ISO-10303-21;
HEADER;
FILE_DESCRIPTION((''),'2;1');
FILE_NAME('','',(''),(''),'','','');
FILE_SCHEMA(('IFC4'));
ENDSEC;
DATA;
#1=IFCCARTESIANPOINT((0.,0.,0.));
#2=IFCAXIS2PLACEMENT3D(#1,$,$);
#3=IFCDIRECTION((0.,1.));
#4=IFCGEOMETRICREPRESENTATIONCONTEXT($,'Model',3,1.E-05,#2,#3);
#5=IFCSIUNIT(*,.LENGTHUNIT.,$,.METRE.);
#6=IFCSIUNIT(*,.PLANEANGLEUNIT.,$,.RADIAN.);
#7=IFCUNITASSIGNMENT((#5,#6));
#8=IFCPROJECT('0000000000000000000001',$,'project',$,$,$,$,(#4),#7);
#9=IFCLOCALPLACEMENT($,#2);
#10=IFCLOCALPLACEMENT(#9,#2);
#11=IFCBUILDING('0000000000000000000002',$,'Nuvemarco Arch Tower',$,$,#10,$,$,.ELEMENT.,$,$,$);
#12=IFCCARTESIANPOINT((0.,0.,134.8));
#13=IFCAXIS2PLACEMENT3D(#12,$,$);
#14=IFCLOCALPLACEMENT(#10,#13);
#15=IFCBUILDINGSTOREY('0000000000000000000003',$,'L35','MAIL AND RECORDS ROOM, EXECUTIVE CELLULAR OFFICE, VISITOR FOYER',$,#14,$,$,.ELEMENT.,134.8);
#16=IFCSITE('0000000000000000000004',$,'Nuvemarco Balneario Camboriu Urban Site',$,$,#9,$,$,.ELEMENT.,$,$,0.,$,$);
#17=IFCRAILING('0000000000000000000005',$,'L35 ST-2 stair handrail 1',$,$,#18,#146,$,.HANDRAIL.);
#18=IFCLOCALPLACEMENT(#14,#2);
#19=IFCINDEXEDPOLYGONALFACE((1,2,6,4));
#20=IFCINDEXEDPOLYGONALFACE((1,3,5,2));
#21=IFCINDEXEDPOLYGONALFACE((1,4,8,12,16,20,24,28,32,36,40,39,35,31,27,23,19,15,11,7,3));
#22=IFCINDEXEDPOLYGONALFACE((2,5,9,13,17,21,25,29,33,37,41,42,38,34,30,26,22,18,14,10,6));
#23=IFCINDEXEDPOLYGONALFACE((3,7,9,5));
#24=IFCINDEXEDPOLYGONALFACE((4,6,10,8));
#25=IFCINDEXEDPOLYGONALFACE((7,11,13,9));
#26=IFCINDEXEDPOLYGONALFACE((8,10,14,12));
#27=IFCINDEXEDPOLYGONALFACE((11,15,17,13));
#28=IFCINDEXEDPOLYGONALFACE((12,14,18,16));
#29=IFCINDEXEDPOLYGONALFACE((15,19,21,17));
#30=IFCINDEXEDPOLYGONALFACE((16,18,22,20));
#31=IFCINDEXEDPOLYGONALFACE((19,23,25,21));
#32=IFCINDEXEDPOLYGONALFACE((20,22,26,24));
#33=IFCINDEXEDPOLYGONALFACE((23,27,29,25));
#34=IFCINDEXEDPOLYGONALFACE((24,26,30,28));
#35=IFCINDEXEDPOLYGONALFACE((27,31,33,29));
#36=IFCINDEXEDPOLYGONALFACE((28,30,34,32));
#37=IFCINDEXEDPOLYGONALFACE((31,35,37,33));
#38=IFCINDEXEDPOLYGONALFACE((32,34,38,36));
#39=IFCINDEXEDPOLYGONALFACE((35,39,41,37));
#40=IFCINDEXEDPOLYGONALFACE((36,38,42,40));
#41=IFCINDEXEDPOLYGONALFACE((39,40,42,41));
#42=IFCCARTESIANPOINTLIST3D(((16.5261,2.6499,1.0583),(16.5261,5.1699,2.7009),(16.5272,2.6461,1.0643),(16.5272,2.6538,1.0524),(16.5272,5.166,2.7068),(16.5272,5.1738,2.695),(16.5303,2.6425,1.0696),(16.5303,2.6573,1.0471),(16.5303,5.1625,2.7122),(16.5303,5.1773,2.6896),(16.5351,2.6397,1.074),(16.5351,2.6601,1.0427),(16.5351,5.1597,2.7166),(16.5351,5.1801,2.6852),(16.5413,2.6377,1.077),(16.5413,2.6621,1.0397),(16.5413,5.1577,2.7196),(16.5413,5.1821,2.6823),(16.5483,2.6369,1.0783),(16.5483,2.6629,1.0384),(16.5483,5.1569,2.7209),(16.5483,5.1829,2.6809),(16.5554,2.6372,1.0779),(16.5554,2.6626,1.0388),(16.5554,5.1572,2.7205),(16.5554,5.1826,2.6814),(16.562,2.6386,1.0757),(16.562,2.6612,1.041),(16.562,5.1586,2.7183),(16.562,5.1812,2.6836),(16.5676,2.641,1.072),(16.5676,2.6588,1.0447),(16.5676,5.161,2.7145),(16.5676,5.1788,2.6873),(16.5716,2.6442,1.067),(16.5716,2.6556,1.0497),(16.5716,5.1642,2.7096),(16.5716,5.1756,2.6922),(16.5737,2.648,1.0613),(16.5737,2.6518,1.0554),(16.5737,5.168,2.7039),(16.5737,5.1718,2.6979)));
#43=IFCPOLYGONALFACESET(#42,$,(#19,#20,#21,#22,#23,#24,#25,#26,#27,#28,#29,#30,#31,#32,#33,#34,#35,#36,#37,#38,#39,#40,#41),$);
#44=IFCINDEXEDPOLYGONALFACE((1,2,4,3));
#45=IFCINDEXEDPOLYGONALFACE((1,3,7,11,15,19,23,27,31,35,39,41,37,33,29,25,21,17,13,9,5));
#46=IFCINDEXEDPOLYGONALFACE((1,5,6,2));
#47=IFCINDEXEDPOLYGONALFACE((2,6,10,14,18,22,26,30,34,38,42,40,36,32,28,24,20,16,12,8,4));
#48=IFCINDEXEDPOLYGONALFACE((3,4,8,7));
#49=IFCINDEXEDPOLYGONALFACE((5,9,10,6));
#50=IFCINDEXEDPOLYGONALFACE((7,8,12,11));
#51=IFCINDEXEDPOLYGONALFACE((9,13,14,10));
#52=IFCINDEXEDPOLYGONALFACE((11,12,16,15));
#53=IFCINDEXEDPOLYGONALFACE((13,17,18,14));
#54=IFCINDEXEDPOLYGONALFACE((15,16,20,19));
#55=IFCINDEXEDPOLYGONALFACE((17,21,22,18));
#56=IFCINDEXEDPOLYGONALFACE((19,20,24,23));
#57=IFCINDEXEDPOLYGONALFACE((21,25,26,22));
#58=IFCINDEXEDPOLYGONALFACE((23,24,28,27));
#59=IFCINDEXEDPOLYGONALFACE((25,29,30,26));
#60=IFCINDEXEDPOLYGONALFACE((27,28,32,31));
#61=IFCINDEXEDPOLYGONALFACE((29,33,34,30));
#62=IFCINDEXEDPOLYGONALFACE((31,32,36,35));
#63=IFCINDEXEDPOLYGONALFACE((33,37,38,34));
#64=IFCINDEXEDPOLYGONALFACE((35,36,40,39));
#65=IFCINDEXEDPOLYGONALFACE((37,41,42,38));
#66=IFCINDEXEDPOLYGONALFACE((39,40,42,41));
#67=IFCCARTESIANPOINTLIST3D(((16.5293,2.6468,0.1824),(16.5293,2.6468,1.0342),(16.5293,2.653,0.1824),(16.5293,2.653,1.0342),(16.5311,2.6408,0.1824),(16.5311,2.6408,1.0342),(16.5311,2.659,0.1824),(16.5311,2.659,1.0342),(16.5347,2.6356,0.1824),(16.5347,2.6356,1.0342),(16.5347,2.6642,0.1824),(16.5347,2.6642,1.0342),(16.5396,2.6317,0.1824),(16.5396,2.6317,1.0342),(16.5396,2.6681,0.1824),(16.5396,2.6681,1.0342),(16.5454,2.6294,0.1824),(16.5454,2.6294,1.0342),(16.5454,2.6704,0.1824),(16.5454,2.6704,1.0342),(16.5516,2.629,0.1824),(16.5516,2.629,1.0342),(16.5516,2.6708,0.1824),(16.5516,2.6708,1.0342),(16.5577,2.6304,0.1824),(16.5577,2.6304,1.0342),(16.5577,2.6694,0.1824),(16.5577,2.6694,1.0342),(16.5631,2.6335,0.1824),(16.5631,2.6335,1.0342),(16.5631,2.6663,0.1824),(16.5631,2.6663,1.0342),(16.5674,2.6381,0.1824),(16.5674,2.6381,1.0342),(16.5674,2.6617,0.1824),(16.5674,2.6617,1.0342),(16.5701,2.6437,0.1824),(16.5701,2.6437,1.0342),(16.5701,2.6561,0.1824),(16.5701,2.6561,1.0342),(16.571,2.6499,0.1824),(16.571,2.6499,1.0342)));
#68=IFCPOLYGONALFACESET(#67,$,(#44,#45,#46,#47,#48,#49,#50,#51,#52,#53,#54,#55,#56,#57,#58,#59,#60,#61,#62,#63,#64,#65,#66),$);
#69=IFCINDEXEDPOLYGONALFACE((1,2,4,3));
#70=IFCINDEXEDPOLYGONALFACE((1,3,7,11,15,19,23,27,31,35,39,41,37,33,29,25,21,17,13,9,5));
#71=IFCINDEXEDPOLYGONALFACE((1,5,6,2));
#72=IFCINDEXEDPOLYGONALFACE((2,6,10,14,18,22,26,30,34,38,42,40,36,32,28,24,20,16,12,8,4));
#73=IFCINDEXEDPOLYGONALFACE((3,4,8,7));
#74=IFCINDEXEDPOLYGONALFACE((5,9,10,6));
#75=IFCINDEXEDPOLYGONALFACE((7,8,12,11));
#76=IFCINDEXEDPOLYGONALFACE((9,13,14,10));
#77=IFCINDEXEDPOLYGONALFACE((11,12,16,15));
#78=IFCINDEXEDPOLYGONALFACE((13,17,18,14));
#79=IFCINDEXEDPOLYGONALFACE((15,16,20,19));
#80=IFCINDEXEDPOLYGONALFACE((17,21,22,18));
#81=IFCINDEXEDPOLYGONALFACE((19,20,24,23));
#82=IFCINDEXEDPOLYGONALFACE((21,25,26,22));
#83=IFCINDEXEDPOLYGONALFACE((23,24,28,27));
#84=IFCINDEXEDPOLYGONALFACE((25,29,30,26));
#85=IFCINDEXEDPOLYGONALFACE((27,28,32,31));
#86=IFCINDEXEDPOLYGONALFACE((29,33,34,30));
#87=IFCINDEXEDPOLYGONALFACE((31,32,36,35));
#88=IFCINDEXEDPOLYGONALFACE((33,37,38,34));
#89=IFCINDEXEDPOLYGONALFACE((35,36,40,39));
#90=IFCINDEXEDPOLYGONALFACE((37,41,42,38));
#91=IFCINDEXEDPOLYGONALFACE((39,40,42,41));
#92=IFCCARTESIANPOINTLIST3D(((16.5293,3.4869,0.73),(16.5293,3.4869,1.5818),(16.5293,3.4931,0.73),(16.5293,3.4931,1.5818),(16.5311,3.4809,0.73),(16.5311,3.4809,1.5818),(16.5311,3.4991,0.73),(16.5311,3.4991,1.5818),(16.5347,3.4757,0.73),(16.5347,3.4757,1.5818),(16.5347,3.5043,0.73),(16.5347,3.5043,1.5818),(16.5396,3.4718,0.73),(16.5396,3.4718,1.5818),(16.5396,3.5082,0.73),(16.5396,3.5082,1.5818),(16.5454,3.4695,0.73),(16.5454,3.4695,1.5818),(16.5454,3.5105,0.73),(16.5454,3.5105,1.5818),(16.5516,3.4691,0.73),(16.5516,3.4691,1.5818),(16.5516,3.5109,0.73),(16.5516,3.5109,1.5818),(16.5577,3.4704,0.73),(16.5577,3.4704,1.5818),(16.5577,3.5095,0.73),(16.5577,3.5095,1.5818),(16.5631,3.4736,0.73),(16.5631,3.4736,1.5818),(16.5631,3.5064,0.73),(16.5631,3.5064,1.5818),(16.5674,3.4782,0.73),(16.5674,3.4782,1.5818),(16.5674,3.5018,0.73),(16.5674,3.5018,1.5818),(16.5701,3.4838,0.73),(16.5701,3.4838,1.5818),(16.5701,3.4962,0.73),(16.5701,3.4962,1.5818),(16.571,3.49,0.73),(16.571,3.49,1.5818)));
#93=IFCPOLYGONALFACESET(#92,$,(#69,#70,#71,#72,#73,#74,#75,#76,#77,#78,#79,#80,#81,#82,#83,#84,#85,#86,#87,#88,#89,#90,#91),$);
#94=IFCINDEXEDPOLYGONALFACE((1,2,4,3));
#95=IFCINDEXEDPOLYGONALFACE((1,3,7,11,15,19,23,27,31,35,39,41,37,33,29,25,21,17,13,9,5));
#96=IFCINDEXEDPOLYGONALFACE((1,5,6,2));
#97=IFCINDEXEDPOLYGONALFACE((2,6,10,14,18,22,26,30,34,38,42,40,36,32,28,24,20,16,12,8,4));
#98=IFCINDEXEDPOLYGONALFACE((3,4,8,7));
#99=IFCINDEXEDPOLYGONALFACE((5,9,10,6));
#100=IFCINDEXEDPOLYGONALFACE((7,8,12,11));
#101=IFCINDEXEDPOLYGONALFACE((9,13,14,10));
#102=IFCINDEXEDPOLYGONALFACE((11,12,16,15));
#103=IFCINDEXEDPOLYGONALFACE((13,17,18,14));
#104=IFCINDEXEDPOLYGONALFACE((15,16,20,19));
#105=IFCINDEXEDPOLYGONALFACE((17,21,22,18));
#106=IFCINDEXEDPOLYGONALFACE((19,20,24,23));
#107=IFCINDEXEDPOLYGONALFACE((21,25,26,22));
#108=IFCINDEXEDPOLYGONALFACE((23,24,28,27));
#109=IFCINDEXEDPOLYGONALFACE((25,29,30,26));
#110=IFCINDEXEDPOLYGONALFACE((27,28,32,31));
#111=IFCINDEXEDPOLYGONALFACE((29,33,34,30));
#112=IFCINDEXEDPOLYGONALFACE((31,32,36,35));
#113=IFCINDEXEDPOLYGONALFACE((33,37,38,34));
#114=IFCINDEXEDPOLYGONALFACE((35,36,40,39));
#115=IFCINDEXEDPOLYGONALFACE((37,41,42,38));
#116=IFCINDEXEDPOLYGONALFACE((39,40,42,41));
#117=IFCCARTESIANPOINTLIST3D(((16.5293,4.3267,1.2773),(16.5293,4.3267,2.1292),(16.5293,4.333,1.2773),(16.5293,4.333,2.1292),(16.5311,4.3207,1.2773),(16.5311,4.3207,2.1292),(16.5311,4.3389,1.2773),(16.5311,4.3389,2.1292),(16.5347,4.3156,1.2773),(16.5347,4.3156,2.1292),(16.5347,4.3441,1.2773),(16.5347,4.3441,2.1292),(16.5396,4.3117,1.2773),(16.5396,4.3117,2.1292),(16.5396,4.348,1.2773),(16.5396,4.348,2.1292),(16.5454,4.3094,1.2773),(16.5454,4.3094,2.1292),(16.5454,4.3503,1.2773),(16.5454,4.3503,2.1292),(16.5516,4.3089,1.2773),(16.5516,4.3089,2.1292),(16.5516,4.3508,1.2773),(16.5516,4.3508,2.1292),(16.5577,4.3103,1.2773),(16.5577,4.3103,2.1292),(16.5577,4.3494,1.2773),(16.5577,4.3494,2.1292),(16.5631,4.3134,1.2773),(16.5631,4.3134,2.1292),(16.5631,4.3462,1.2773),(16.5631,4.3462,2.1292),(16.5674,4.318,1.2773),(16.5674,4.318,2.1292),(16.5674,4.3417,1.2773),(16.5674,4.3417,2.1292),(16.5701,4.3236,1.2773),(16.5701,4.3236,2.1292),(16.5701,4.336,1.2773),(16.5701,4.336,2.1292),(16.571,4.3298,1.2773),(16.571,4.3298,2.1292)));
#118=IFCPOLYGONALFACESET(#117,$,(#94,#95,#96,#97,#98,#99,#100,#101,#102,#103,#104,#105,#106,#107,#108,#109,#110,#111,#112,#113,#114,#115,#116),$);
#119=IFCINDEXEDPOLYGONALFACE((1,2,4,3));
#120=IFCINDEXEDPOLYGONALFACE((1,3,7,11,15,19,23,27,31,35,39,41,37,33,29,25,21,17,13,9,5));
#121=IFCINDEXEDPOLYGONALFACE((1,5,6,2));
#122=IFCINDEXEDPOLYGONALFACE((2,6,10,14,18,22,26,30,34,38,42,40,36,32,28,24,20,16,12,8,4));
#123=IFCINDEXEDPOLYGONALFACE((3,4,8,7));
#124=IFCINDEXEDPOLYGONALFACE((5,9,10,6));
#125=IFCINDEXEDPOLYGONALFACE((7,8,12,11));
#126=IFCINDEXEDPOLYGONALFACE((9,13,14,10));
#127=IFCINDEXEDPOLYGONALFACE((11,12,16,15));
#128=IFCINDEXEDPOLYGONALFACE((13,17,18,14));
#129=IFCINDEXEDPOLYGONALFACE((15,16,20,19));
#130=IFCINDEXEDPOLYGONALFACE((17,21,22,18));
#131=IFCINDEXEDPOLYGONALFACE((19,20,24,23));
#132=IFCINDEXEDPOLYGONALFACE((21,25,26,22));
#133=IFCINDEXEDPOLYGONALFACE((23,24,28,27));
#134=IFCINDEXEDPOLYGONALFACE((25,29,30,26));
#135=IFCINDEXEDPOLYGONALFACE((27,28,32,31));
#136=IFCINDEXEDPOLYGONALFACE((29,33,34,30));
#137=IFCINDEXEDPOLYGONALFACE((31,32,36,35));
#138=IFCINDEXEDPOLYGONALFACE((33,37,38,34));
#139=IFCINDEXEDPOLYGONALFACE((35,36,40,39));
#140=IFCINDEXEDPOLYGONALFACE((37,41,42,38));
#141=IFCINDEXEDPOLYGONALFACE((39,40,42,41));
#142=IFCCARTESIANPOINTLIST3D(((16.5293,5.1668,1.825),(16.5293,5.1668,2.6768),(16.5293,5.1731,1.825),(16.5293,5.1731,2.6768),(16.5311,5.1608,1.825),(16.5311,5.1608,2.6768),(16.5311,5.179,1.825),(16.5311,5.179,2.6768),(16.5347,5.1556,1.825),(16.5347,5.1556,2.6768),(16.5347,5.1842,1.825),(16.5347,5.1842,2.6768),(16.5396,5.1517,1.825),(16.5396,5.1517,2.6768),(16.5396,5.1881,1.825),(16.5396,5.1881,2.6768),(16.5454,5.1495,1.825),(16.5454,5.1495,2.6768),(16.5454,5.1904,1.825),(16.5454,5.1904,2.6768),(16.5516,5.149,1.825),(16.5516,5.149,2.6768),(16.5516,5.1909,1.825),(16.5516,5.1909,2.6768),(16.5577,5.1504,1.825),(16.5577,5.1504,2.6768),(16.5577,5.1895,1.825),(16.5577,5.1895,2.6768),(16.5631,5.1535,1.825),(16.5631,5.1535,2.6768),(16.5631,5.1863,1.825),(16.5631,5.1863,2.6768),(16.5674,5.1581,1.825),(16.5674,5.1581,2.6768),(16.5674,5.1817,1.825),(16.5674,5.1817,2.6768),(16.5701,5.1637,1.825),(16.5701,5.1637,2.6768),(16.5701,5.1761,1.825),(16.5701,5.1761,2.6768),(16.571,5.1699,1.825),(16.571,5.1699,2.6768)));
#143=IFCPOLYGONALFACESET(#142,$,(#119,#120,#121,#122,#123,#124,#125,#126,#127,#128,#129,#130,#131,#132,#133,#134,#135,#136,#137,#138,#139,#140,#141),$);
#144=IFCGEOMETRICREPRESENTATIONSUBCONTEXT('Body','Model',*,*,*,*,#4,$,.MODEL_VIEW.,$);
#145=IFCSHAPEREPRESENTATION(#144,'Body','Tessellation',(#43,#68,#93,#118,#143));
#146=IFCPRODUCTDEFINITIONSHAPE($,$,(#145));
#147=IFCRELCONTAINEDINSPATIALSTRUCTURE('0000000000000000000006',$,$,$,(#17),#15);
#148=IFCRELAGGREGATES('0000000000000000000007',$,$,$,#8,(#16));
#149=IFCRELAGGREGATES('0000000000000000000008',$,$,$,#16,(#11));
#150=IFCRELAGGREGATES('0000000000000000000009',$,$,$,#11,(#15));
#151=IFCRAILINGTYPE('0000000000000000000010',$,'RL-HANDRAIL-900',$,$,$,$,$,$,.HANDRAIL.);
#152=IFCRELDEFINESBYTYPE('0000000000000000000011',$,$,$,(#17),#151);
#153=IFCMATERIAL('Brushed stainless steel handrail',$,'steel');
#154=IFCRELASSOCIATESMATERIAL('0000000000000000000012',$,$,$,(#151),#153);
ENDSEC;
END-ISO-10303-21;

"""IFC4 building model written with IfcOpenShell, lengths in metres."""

from ifc_helpers import new_model, si_unit, direction, frame, origin, origin_2d, place, context, subcontext, project, spatial, circle, extrude, material, type_object, element, save


model = new_model("IFC4")

# Units and contexts
model_context = context("Model", 3, precision=1e-05, world=origin(), true_north=direction((0.0, 1.0)))
body_context = subcontext(model_context, "Body", "Model", "MODEL_VIEW")
ifc_project = project(units=[si_unit("LENGTHUNIT", "METRE"), si_unit("PLANEANGLEUNIT", "RADIAN")], contexts=[model_context])

# Site, building, storey
site_placement = place(None, origin())
site = spatial("IfcSite", under=ifc_project, at=site_placement, Name="Nuvemarco Balneario Camboriu Urban Site", CompositionType="ELEMENT", RefElevation=0.0)
building_placement = place(site_placement, origin())
building = spatial("IfcBuilding", under=site, at=building_placement, Name="Nuvemarco Arch Tower", CompositionType="ELEMENT")
storey_placement = place(building_placement, frame((0.0, 0.0, 134.8)))
storey = spatial("IfcBuildingStorey", under=building, at=storey_placement, Name="L35", Description="MAIL AND RECORDS ROOM, EXECUTIVE CELLULAR OFFICE, VISITOR FOYER", CompositionType="ELEMENT", Elevation=134.8)

# Railing
ifc_material_1 = material(Name="Brushed stainless steel handrail", Category="steel")
railing_type_1 = type_object("IfcRailingType", Name="RL-HANDRAIL-900", PredefinedType="HANDRAIL", material=ifc_material_1)
railing_1_placement = place(storey_placement, frame((16.55, 2.6499, 0.1824)))
element("IfcRailing", 1, at=railing_1_placement, inside=storey, type_object=railing_type_1, Name="L35 ST-2 stair handrail 1", PredefinedType="HANDRAIL", context=body_context, shape_type="SweptSolid", body=[
    extrude(circle(Radius=0.0239, at=origin_2d()), frame((0.0, 0.0, 0.876), z_axis=(0.0, 0.837749, 0.546055), x_axis=(-1.0, 0.0, 0.0)), (0.0, 0.0, 1.0), 3.0081),
    extrude(circle(Radius=0.021, at=origin_2d()), origin(), (0.0, 0.0, 1.0), 0.8518),
    extrude(circle(Radius=0.021, at=origin_2d()), frame((0.0, 0.8401, 0.5476)), (0.0, 0.0, 1.0), 0.8518),
    extrude(circle(Radius=0.021, at=origin_2d()), frame((0.0, 1.6799, 1.095)), (0.0, 0.0, 1.0), 0.8518),
    extrude(circle(Radius=0.021, at=origin_2d()), frame((0.0, 2.52, 1.6426)), (0.0, 0.0, 1.0), 0.8518),
])

save(model, "model.ifc")
